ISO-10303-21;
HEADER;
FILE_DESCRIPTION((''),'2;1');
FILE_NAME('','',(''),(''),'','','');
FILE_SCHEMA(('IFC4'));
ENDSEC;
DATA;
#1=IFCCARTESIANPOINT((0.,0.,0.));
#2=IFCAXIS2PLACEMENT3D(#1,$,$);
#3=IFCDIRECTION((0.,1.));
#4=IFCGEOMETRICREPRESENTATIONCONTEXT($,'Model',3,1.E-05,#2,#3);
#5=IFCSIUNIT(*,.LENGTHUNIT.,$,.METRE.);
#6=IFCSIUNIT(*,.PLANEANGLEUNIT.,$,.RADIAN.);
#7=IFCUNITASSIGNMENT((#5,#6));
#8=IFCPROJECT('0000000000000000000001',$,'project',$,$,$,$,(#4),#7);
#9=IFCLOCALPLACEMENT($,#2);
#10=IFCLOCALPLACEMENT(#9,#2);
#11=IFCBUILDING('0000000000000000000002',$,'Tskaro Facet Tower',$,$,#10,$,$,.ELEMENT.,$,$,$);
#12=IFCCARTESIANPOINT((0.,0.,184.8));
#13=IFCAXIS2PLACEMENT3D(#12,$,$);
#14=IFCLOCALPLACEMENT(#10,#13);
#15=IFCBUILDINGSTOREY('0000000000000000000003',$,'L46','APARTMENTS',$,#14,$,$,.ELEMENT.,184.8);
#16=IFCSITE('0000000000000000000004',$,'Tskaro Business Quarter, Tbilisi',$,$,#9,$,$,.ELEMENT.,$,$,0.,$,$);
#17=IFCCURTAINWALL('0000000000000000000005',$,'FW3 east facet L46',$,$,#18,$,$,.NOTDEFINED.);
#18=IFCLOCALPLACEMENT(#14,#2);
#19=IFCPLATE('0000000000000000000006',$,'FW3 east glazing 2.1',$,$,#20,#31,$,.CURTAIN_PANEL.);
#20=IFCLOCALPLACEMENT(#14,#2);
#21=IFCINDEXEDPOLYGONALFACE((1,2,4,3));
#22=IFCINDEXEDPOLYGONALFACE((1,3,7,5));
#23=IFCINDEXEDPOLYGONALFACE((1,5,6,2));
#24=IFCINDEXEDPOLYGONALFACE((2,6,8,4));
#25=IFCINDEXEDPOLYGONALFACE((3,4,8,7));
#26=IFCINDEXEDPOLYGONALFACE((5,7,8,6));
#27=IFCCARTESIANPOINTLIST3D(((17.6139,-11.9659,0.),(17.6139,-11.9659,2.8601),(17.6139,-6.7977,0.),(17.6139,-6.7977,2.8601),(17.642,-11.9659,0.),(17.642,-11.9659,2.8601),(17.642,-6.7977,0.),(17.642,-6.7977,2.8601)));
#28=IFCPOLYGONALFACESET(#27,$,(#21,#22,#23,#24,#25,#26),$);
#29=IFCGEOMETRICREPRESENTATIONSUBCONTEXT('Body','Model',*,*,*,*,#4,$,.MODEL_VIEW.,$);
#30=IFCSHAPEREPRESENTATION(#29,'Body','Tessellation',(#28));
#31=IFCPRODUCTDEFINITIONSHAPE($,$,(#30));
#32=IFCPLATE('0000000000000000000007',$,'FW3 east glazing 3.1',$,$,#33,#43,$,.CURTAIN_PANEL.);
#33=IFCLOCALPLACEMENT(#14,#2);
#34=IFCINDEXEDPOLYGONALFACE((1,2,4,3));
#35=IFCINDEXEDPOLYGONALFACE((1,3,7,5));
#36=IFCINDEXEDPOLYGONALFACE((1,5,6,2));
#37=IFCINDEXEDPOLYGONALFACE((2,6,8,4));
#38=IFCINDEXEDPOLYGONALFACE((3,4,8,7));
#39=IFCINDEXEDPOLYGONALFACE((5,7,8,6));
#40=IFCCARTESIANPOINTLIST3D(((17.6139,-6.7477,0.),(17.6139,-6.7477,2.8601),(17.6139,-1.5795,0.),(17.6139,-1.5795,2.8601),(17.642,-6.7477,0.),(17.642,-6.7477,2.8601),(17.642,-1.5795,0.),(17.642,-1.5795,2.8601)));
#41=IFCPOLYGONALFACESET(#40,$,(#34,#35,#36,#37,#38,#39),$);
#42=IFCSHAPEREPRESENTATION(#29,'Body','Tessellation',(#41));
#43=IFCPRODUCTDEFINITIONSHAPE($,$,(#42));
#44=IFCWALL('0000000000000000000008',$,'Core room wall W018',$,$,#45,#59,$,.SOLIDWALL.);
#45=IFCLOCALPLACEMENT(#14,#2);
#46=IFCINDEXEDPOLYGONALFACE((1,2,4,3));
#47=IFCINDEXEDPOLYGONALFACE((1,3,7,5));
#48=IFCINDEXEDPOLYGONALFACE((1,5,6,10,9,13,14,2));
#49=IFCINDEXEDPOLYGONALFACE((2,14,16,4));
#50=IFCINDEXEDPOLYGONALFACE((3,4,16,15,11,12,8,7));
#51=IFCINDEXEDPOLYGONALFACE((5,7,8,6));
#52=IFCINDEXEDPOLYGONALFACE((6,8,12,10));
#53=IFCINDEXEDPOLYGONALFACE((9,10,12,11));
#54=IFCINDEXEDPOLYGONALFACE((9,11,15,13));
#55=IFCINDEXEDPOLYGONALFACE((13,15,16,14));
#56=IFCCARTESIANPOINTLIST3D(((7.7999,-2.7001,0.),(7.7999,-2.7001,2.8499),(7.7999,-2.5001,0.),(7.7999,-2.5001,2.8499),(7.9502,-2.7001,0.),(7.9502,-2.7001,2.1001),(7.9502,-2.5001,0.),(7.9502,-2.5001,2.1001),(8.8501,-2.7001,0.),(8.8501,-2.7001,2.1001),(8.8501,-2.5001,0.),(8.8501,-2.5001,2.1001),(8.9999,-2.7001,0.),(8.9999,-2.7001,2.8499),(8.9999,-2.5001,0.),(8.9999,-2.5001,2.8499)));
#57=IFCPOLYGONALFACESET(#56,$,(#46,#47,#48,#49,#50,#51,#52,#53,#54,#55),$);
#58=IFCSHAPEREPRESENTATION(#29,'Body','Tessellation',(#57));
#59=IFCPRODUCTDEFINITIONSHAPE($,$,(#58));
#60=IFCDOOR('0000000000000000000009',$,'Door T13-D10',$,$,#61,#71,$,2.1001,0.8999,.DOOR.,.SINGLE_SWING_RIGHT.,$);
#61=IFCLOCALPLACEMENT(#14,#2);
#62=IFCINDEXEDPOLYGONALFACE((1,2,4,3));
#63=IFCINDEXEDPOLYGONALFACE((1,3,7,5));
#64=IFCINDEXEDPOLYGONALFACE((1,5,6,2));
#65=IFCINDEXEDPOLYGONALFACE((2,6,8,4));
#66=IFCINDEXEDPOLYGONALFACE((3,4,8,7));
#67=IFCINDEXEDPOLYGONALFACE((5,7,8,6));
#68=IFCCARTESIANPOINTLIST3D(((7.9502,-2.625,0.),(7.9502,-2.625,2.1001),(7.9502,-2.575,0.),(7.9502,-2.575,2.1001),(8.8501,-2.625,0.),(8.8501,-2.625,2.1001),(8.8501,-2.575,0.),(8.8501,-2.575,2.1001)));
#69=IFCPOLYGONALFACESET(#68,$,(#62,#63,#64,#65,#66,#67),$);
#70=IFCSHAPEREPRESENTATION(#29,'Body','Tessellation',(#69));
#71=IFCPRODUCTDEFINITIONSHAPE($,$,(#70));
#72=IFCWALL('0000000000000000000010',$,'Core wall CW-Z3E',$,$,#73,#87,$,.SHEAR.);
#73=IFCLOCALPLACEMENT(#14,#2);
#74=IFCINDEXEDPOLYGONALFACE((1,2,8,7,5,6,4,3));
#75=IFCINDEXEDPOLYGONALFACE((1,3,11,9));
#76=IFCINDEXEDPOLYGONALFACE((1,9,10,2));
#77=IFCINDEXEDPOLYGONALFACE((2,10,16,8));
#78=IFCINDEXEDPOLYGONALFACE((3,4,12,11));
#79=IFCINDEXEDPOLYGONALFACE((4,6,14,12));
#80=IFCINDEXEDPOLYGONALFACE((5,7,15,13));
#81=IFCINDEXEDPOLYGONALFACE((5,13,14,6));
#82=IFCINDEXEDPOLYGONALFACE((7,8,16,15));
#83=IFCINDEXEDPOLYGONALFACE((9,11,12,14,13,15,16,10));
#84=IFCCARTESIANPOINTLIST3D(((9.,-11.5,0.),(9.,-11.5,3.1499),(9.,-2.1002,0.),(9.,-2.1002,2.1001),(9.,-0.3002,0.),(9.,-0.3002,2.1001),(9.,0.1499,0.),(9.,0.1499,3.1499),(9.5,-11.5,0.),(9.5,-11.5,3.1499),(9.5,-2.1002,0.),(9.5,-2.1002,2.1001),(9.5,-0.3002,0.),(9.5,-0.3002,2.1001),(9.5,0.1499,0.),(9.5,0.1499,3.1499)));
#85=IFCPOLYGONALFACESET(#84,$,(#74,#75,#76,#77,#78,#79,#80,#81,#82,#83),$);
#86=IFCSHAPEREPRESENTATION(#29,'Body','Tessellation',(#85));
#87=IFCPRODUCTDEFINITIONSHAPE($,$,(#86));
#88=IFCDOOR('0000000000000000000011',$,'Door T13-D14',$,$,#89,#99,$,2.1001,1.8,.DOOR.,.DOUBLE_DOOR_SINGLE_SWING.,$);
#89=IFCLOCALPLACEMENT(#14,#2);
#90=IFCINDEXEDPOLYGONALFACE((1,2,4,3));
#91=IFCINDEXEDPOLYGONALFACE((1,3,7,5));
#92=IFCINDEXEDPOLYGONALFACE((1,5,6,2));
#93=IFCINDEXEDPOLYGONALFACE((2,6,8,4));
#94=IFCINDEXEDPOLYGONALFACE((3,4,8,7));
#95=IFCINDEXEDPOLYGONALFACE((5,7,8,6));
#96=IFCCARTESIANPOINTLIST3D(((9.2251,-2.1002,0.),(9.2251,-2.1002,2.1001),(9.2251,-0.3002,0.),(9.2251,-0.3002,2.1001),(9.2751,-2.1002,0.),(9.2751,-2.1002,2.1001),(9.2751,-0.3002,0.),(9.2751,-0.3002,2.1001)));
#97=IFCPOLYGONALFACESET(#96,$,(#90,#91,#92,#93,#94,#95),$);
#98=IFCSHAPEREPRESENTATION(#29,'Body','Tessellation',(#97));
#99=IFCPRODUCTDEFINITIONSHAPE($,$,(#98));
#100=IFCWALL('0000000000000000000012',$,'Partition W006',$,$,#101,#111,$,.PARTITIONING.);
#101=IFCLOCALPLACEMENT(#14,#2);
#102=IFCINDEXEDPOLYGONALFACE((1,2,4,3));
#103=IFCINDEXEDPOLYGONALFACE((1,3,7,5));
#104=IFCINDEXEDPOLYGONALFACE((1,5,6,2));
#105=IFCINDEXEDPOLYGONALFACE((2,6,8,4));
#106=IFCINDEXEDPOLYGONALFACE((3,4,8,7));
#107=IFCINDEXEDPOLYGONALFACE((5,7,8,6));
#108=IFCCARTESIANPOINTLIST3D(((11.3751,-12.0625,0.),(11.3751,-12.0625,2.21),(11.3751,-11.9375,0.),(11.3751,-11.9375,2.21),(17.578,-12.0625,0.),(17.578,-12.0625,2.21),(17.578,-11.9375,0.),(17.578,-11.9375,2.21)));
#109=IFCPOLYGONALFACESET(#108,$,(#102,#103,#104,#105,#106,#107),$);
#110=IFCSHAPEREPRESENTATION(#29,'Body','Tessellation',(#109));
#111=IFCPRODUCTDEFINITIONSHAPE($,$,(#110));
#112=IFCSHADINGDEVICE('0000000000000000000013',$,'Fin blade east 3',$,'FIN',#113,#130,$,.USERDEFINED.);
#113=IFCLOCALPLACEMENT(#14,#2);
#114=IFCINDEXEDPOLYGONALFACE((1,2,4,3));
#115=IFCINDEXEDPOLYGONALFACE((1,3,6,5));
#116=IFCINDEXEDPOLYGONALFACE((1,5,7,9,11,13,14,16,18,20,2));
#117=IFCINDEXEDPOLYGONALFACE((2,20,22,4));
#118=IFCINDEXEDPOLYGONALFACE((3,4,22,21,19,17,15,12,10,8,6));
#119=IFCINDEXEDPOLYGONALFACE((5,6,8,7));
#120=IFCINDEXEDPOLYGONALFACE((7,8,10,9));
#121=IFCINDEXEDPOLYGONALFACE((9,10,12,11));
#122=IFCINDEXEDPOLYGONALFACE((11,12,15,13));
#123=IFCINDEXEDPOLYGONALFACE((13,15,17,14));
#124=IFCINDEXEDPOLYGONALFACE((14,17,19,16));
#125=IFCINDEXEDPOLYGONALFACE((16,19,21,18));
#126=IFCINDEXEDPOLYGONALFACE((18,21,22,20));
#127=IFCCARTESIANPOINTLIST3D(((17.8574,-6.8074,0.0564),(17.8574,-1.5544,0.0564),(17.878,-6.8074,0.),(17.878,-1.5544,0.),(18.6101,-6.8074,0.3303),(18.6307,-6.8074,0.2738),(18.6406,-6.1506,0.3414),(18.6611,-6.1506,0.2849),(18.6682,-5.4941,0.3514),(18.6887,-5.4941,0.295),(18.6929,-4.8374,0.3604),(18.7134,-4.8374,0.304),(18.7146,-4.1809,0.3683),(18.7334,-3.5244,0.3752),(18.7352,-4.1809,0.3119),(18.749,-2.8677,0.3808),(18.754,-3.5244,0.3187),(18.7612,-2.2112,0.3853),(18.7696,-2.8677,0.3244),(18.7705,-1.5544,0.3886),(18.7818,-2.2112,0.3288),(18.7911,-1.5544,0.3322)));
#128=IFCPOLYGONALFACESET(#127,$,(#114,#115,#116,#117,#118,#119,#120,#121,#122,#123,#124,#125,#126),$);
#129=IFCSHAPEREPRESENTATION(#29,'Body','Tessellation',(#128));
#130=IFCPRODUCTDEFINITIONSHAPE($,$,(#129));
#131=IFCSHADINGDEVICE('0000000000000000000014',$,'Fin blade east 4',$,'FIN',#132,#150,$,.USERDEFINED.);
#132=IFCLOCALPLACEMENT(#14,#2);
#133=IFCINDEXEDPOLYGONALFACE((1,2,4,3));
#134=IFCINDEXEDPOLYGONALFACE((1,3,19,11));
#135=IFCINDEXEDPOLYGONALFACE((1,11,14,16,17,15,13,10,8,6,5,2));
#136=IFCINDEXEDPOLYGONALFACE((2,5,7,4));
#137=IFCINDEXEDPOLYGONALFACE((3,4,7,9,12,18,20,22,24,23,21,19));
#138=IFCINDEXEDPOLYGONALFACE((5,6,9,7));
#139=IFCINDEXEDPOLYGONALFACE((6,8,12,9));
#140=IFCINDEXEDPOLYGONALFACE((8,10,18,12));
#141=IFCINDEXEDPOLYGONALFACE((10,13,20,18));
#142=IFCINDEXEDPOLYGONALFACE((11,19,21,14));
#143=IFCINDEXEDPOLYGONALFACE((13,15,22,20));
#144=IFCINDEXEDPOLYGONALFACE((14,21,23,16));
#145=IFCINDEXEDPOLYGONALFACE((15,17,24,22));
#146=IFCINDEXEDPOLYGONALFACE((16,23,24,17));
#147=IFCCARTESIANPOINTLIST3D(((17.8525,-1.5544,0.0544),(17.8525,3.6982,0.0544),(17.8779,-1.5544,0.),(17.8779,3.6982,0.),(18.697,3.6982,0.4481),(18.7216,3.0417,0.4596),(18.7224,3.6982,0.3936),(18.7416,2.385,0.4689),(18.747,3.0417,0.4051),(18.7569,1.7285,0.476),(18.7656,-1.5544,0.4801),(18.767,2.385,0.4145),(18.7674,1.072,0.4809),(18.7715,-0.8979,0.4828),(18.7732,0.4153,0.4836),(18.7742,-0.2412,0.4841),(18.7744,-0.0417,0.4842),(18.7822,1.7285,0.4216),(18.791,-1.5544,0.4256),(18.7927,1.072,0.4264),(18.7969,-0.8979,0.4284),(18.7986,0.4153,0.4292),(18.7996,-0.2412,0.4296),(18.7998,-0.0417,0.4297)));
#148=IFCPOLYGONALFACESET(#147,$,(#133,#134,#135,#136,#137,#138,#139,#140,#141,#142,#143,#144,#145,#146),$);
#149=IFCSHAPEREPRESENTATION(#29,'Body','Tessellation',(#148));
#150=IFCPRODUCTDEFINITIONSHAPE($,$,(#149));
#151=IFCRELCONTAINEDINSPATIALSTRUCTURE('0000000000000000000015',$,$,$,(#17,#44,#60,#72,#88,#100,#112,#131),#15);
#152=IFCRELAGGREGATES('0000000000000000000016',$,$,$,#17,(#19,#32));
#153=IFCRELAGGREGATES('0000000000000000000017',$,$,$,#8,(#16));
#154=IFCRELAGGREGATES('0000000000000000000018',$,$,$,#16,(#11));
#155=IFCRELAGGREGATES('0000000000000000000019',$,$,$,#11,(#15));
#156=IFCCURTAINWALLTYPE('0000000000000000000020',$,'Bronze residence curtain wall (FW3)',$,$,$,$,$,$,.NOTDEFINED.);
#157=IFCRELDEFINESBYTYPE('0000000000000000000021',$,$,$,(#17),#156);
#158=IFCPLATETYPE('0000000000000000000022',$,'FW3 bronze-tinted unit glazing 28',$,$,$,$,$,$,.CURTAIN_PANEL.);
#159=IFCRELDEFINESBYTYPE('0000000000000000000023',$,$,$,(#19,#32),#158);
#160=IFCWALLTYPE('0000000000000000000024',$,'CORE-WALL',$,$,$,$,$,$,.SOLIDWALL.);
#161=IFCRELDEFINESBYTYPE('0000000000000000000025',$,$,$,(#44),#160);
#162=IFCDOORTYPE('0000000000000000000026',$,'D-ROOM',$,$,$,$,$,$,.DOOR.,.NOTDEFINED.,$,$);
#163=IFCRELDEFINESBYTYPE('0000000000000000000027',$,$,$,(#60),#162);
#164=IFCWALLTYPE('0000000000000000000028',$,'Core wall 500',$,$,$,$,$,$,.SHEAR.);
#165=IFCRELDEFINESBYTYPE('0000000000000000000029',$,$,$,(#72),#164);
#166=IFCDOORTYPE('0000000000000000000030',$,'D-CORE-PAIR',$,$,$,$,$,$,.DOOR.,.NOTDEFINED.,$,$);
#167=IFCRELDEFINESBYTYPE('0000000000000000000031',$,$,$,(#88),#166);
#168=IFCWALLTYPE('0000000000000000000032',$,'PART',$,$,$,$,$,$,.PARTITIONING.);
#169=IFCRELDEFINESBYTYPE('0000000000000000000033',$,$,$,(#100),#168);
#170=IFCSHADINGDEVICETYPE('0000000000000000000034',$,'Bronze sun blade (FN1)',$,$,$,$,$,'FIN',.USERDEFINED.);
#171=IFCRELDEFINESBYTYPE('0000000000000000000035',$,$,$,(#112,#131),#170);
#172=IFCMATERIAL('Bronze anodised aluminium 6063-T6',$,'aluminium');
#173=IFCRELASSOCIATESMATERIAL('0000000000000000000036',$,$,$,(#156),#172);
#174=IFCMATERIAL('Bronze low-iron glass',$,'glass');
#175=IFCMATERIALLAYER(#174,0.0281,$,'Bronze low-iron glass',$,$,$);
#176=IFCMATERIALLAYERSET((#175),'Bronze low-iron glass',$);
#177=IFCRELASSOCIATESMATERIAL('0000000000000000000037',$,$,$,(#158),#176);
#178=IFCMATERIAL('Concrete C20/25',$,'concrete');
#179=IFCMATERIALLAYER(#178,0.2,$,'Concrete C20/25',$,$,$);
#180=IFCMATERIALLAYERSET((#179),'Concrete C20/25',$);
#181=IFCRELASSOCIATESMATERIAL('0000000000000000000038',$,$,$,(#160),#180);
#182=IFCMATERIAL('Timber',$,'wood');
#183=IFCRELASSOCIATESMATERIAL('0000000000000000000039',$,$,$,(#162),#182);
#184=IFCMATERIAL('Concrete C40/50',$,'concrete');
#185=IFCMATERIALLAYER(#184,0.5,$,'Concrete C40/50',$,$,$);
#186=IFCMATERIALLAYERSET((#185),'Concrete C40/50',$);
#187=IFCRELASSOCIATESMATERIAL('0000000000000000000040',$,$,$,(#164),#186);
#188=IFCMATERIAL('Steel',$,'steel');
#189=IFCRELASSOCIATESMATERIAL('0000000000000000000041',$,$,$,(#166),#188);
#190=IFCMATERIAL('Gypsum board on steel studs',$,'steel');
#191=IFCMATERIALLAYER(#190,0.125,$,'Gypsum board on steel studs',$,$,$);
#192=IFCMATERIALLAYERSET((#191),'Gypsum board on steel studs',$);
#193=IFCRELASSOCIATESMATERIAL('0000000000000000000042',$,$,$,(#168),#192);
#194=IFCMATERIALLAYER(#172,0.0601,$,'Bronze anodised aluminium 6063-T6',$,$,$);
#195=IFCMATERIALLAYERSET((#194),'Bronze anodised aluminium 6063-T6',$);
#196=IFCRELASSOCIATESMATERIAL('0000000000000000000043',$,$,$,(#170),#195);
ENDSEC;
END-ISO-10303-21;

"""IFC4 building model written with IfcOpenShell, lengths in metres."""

from ifc_helpers import new_model, si_unit, direction, frame, frame_2d, origin, origin_2d, place, context, subcontext, project, spatial, polyline, rectangle, outline, extrude, material, layer, layer_set, type_object, element, fill, aggregate, save


model = new_model("IFC4")

# Units and contexts
model_context = context("Model", 3, precision=1e-05, world=origin(), true_north=direction((0.0, 1.0)))
body_context = subcontext(model_context, "Body", "Model", "MODEL_VIEW")
ifc_project = project(units=[si_unit("LENGTHUNIT", "METRE"), si_unit("PLANEANGLEUNIT", "RADIAN")], contexts=[model_context])

# Site, building, storey
site_placement = place(None, origin())
site = spatial("IfcSite", under=ifc_project, at=site_placement, Name="Tskaro Business Quarter, Tbilisi", CompositionType="ELEMENT", RefElevation=0.0)
building_placement = place(site_placement, origin())
building = spatial("IfcBuilding", under=site, at=building_placement, Name="Tskaro Facet Tower", CompositionType="ELEMENT")
storey_placement = place(building_placement, frame((0.0, 0.0, 184.8)))
storey = spatial("IfcBuildingStorey", under=building, at=storey_placement, Name="L46", Description="APARTMENTS", CompositionType="ELEMENT", Elevation=184.8)

# Curtain wall
ifc_material_1 = material(Name="Bronze anodised aluminium 6063-T6", Category="aluminium")
curtain_wall_type = type_object("IfcCurtainWallType", Name="Bronze residence curtain wall (FW3)", PredefinedType="NOTDEFINED", material=ifc_material_1)
curtain_wall_placement = place(storey_placement, origin())
curtain_wall = element("IfcCurtainWall", 1, at=curtain_wall_placement, inside=storey, type_object=curtain_wall_type, Name="FW3 east facet L46", PredefinedType="NOTDEFINED")

# Plates
ifc_material_2 = material(Name="Bronze low-iron glass", Category="glass")
ifc_layer_1 = layer(ifc_material_2, 0.0281, Name="Bronze low-iron glass")
ifc_layer_set_1 = layer_set([ifc_layer_1], Name="Bronze low-iron glass")
plate_type = type_object("IfcPlateType", Name="FW3 bronze-tinted unit glazing 28", PredefinedType="CURTAIN_PANEL", material=ifc_layer_set_1)
plate_1_placement = place(storey_placement, frame((17.6279, -9.3818, 0.0), z_axis=(0.0, 0.0, 1.0), x_axis=(0.0, 1.0, 0.0)))
plate_1 = element("IfcPlate", 2, at=plate_1_placement, type_object=plate_type, Name="FW3 east glazing 2.1", PredefinedType="CURTAIN_PANEL", context=body_context, shape_type="SweptSolid", body=[
    extrude(rectangle(XDim=5.1682, YDim=0.0281, at=origin_2d()), origin(), (0.0, 0.0, 1.0), 2.8601),
])
plate_2_placement = place(storey_placement, frame((17.6279, -4.1636, 0.0), z_axis=(0.0, 0.0, 1.0), x_axis=(0.0, 1.0, 0.0)))
plate_2 = element("IfcPlate", 3, at=plate_2_placement, type_object=plate_type, Name="FW3 east glazing 3.1", PredefinedType="CURTAIN_PANEL", context=body_context, shape_type="SweptSolid", body=[
    extrude(rectangle(XDim=5.1682, YDim=0.0281, at=origin_2d()), origin(), (0.0, 0.0, 1.0), 2.8601),
])
aggregate(curtain_wall, [plate_1, plate_2])

# Walls, openings, doors
ifc_material_3 = material(Name="Concrete C20/25", Category="concrete")
ifc_layer_2 = layer(ifc_material_3, 0.2, Name="Concrete C20/25")
ifc_layer_set_2 = layer_set([ifc_layer_2], Name="Concrete C20/25")
wall_type_1 = type_object("IfcWallType", Name="CORE-WALL", PredefinedType="SOLIDWALL", material=ifc_layer_set_2)
wall_1_placement = place(storey_placement, frame((9.0, -2.6001, 0.0), z_axis=(0.0, 0.0, 1.0), x_axis=(-1.0, 0.0, 0.0)))
wall_1 = element("IfcWall", 4, at=wall_1_placement, inside=storey, type_object=wall_type_1, Name="Core room wall W018", PredefinedType="SOLIDWALL", context=body_context, shape_type="SweptSolid", body=[
    extrude(rectangle(XDim=1.2, YDim=0.2, at=frame_2d((0.6001, 0.0))), origin(), (0.0, 0.0, 1.0), 2.8499),
])
opening_1_placement = place(wall_1_placement, frame((0.1499, 0.0, 0.0)))
opening_1 = element("IfcOpeningElement", 5, at=opening_1_placement, cuts=wall_1, PredefinedType="OPENING", context=body_context, shape_type="SweptSolid", body=[
    extrude(rectangle(XDim=0.8999, YDim=2.1001, at=frame_2d((0.45, 1.05))), frame((0.0, 0.1099, 0.0), z_axis=(0.0, -1.0, 0.0), x_axis=(1.0, 0.0, 0.0)), (0.0, 0.0, 1.0), 0.22),
])
ifc_material_4 = material(Name="Timber", Category="wood")
door_type_1 = type_object("IfcDoorType", Name="D-ROOM", OperationType="NOTDEFINED", PredefinedType="DOOR", material=ifc_material_4)
door_1_placement = place(opening_1_placement, origin())
door_1 = element("IfcDoor", 6, at=door_1_placement, inside=storey, type_object=door_type_1, Name="Door T13-D10", OperationType="SINGLE_SWING_RIGHT", OverallHeight=2.1001, OverallWidth=0.8999, PredefinedType="DOOR", context=body_context, shape_type="SweptSolid", body=[
    extrude(rectangle(XDim=0.8999, YDim=2.1001, at=frame_2d((0.45, 1.05))), frame((0.0, 0.0249, 0.0), z_axis=(0.0, -1.0, 0.0), x_axis=(1.0, 0.0, 0.0)), (0.0, 0.0, 1.0), 0.05),
])
fill(opening_1, door_1)
ifc_material_5 = material(Name="Concrete C40/50", Category="concrete")
ifc_layer_3 = layer(ifc_material_5, 0.5, Name="Concrete C40/50")
ifc_layer_set_3 = layer_set([ifc_layer_3], Name="Concrete C40/50")
wall_type_2 = type_object("IfcWallType", Name="Core wall 500", PredefinedType="SHEAR", material=ifc_layer_set_3)
wall_2_placement = place(storey_placement, frame((9.25, -11.5, 0.0), z_axis=(0.0, 0.0, 1.0), x_axis=(0.0, 1.0, 0.0)))
wall_2 = element("IfcWall", 7, at=wall_2_placement, inside=storey, type_object=wall_type_2, Name="Core wall CW-Z3E", PredefinedType="SHEAR", context=body_context, shape_type="SweptSolid", body=[
    extrude(rectangle(XDim=11.6499, YDim=0.5, at=frame_2d((5.825, 0.0))), origin(), (0.0, 0.0, 1.0), 3.1499),
])
opening_2_placement = place(wall_2_placement, frame((9.3999, 0.0, 0.0)))
opening_2 = element("IfcOpeningElement", 8, at=opening_2_placement, cuts=wall_2, PredefinedType="OPENING", context=body_context, shape_type="SweptSolid", body=[
    extrude(rectangle(XDim=1.8, YDim=2.1001, at=frame_2d((0.8999, 1.05))), frame((0.0, 0.26, 0.0), z_axis=(0.0, -1.0, 0.0), x_axis=(1.0, 0.0, 0.0)), (0.0, 0.0, 1.0), 0.52),
])
ifc_material_6 = material(Name="Steel", Category="steel")
door_type_2 = type_object("IfcDoorType", Name="D-CORE-PAIR", OperationType="NOTDEFINED", PredefinedType="DOOR", material=ifc_material_6)
door_2_placement = place(opening_2_placement, origin())
door_2 = element("IfcDoor", 9, at=door_2_placement, inside=storey, type_object=door_type_2, Name="Door T13-D14", OperationType="DOUBLE_DOOR_SINGLE_SWING", OverallHeight=2.1001, OverallWidth=1.8, PredefinedType="DOOR", context=body_context, shape_type="SweptSolid", body=[
    extrude(rectangle(XDim=1.8, YDim=2.1001, at=frame_2d((0.8999, 1.05))), frame((0.0, 0.0249, 0.0), z_axis=(0.0, -1.0, 0.0), x_axis=(1.0, 0.0, 0.0)), (0.0, 0.0, 1.0), 0.05),
])
fill(opening_2, door_2)

# Wall
ifc_material_7 = material(Name="Gypsum board on steel studs", Category="steel")
ifc_layer_4 = layer(ifc_material_7, 0.125, Name="Gypsum board on steel studs")
ifc_layer_set_4 = layer_set([ifc_layer_4], Name="Gypsum board on steel studs")
wall_type_3 = type_object("IfcWallType", Name="PART", PredefinedType="PARTITIONING", material=ifc_layer_set_4)
wall_3_placement = place(storey_placement, frame((11.375, -12.0, 0.0), z_axis=(0.0, 0.0, 1.0), x_axis=(1.0, 0.0, 0.0)))
element("IfcWall", 10, at=wall_3_placement, inside=storey, type_object=wall_type_3, Name="Partition W006", PredefinedType="PARTITIONING", context=body_context, shape_type="SweptSolid", body=[
    extrude(rectangle(XDim=6.2029, YDim=0.125, at=frame_2d((3.1016, 0.0))), origin(), (0.0, 0.0, 1.0), 2.21),
])

# Shading devices
ifc_layer_5 = layer(ifc_material_1, 0.0601, Name="Bronze anodised aluminium 6063-T6")
ifc_layer_set_5 = layer_set([ifc_layer_5], Name="Bronze anodised aluminium 6063-T6")
shading_device_type = type_object("IfcShadingDeviceType", Name="Bronze sun blade (FN1)", ElementType="FIN", PredefinedType="USERDEFINED", material=ifc_layer_set_5)
shading_device_1_placement = place(storey_placement, frame((17.8574, -6.8074, 0.0564), z_axis=(-0.341945, 0.000001, 0.93972), x_axis=(0.0, 1.0, -0.000001)))
element("IfcShadingDevice", 11, at=shading_device_1_placement, inside=storey, type_object=shading_device_type, Name="Fin blade east 3", ObjectType="FIN", PredefinedType="USERDEFINED", context=body_context, shape_type="SweptSolid", body=[
    extrude(outline(polyline([(0.0, 0.0), (5.2529, 0.0), (5.2529, -0.9717), (4.5962, -0.9618), (3.9397, -0.9488), (3.283, -0.9322), (2.6265, -0.9122), (1.97, -0.889), (1.3132, -0.8628), (0.6567, -0.8334), (0.0, -0.801), (0.0, 0.0)])), origin(), (0.0, 0.0, -1.0), 0.0601),
])
shading_device_2_placement = place(storey_placement, frame((17.8525, -1.5544, 0.0544), z_axis=(-0.422494, 0.000001, 0.906366), x_axis=(0.0, 1.0, -0.000001)))
element("IfcShadingDevice", 12, at=shading_device_2_placement, inside=storey, type_object=shading_device_type, Name="Fin blade east 4", ObjectType="FIN", PredefinedType="USERDEFINED", context=body_context, shape_type="SweptSolid", body=[
    extrude(outline(polyline([(0.0, 0.0), (5.2527, 0.0), (5.2527, -0.9317), (4.5962, -0.9589), (3.9395, -0.9809), (3.283, -0.9978), (2.6265, -1.0093), (1.9697, -1.0158), (1.5127, -1.0171), (1.3132, -1.0169), (0.6565, -1.0139), (0.0, -1.0074), (0.0, 0.0)])), origin(), (0.0, 0.0, -1.0), 0.0601),
])

save(model, "model.ifc")
